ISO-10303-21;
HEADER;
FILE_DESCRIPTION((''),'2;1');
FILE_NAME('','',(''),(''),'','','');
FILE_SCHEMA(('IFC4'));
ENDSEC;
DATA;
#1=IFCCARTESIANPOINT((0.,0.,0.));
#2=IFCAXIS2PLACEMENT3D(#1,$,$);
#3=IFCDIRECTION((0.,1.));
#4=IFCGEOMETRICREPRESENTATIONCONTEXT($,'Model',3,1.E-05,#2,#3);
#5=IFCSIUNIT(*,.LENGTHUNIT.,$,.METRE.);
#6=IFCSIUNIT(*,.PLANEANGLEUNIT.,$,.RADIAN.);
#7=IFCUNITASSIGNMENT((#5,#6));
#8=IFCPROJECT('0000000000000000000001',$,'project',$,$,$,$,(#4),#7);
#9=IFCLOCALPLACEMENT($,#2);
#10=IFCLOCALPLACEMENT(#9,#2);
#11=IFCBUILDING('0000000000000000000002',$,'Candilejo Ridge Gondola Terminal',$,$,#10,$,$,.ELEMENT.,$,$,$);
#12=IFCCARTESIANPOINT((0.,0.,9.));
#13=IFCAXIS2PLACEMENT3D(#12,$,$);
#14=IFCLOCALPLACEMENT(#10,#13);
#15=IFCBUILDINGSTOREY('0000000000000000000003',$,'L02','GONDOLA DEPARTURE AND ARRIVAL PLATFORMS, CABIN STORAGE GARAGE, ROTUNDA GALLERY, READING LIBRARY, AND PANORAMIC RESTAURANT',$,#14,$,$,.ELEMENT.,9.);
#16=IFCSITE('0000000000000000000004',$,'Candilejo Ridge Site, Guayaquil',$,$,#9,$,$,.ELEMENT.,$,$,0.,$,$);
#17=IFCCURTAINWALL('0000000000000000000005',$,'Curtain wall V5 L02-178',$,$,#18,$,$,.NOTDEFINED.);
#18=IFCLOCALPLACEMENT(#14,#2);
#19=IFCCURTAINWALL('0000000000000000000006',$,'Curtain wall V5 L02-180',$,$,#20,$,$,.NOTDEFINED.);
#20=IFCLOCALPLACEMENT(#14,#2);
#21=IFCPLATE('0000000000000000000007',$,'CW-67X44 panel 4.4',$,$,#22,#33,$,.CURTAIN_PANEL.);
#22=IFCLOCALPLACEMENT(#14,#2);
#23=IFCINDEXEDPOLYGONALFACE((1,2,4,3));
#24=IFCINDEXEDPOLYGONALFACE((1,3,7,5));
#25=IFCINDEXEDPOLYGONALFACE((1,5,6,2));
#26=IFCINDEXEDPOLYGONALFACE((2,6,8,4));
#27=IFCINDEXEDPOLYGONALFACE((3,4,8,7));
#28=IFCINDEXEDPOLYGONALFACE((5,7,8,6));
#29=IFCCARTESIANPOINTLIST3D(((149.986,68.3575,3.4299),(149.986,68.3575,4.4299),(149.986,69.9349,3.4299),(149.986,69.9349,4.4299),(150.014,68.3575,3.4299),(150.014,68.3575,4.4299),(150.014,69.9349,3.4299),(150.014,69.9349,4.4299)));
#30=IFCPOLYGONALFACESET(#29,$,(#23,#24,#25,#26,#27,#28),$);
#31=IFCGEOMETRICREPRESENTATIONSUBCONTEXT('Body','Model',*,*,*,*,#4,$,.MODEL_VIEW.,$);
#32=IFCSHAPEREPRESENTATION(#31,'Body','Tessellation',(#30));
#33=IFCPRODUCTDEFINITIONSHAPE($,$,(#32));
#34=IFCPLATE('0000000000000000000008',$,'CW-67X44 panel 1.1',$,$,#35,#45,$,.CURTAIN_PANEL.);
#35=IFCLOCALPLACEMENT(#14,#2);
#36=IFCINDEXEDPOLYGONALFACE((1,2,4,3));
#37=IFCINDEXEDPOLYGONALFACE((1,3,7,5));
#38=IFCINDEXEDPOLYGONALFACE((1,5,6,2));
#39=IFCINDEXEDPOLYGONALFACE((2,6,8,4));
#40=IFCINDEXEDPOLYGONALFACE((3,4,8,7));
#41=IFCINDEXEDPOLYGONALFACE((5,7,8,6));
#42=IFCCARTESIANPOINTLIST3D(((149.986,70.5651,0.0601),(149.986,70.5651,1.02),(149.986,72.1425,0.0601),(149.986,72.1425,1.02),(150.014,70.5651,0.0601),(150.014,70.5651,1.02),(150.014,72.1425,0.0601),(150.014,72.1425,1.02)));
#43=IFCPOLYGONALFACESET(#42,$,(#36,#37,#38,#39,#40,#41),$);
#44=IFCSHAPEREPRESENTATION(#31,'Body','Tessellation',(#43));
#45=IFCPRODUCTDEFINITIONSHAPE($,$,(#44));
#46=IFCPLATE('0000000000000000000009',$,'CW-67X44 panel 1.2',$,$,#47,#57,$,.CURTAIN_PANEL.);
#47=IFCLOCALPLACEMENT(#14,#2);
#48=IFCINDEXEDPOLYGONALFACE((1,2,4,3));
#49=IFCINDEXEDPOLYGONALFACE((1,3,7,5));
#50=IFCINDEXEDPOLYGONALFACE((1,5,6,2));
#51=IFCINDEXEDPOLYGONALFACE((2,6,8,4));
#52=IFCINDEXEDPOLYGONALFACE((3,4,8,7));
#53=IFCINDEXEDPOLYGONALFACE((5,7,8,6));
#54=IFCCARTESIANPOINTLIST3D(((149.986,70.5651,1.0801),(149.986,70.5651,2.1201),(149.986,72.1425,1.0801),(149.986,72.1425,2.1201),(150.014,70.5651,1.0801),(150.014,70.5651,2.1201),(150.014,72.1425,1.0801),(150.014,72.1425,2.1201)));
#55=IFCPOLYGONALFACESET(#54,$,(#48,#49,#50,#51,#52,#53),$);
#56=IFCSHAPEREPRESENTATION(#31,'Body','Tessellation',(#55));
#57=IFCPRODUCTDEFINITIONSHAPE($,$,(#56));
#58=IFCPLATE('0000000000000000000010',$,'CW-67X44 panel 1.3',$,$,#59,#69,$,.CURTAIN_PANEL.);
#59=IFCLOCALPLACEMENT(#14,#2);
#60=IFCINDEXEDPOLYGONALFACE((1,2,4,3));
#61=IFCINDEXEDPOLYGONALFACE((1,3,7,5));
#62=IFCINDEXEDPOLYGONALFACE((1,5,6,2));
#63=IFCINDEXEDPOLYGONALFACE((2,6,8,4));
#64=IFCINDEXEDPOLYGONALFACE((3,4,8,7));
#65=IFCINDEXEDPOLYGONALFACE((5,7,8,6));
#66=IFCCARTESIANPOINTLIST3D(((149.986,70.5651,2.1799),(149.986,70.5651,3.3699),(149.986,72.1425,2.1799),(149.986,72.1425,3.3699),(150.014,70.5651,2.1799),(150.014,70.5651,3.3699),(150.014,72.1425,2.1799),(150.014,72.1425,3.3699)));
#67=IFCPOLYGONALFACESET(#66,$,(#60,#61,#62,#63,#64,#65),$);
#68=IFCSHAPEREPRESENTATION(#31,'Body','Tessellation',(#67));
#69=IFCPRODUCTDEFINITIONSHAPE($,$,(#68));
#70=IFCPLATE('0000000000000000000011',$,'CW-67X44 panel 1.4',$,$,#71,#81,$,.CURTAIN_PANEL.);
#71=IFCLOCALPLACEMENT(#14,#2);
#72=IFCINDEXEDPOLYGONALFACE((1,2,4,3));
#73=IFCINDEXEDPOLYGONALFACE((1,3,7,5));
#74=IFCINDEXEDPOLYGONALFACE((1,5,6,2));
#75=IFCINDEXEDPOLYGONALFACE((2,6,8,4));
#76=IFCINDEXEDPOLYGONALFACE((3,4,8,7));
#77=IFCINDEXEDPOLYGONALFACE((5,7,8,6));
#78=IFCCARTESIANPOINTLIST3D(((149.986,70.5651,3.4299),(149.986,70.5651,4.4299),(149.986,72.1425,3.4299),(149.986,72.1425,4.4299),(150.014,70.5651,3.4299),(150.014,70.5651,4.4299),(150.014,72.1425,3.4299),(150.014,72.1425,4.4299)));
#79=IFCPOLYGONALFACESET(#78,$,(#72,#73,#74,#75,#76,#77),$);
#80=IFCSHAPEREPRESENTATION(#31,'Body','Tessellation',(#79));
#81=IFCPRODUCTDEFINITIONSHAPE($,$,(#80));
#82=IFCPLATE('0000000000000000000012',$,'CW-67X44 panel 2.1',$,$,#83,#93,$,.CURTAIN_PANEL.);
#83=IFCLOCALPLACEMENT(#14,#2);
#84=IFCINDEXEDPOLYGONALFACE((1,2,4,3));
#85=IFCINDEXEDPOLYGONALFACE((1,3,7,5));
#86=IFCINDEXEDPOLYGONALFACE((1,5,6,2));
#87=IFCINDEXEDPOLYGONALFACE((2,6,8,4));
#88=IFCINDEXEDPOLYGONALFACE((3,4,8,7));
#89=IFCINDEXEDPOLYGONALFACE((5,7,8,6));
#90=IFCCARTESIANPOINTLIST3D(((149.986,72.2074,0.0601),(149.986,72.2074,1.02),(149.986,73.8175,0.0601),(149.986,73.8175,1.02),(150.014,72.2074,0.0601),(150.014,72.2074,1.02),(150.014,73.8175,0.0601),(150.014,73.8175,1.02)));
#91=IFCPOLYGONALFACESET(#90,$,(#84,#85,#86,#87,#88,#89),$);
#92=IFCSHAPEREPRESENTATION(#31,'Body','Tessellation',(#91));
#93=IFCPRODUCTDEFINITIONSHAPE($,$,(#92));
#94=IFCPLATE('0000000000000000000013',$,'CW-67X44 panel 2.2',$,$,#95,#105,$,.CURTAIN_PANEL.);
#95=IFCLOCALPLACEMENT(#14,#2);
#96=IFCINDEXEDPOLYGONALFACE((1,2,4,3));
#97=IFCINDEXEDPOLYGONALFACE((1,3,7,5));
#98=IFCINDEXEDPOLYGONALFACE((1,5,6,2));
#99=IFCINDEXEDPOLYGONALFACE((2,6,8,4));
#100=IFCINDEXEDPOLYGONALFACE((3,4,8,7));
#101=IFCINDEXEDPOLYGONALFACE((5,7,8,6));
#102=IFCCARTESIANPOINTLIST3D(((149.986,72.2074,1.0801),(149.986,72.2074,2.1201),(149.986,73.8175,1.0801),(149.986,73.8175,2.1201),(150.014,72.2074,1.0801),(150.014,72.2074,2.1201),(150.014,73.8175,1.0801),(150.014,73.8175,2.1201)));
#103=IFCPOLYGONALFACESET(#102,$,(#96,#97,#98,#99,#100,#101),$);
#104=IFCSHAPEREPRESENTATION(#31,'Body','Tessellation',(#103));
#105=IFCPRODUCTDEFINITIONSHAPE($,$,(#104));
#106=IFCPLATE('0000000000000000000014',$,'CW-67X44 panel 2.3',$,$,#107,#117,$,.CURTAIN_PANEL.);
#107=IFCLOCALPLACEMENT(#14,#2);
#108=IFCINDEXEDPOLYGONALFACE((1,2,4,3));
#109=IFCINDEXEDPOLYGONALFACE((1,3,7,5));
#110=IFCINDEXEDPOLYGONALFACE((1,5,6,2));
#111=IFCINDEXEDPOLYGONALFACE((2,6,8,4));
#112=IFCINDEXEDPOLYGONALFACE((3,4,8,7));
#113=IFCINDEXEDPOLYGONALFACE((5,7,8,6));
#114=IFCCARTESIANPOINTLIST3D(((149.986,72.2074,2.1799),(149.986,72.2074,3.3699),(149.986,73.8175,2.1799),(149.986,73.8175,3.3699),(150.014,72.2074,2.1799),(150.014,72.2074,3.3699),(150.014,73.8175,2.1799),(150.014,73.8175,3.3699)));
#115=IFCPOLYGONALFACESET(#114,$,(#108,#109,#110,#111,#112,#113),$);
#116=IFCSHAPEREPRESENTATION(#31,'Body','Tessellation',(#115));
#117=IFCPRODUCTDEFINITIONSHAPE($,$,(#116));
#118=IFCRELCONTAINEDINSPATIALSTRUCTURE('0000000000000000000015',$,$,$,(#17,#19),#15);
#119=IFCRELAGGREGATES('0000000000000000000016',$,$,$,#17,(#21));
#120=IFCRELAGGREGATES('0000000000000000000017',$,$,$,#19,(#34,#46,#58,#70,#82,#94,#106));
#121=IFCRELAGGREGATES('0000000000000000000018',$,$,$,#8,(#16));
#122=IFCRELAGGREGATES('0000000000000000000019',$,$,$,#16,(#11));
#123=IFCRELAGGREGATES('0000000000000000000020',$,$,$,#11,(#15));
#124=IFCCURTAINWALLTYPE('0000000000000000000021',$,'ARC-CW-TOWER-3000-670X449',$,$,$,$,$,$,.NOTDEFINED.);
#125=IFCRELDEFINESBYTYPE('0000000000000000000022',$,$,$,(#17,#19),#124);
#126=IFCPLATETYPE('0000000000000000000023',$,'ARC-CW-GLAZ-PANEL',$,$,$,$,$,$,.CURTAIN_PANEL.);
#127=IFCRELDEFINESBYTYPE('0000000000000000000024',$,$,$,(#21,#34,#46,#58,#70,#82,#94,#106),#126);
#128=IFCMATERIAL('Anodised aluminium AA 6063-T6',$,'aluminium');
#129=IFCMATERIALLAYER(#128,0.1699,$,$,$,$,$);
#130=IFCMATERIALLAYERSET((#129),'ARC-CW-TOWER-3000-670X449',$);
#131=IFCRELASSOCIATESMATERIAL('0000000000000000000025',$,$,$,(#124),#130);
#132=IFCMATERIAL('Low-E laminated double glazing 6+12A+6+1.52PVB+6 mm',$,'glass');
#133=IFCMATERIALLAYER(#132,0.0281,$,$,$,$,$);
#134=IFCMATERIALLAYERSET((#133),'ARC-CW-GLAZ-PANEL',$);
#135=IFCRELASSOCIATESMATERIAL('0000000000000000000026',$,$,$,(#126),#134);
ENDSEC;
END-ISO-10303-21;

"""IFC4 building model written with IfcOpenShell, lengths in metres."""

from ifc_helpers import new_model, si_unit, direction, frame, origin, origin_2d, place, context, subcontext, project, spatial, rectangle, extrude, material, layer, layer_set, type_object, element, aggregate, save


model = new_model("IFC4")

# Units and contexts
model_context = context("Model", 3, precision=1e-05, world=origin(), true_north=direction((0.0, 1.0)))
body_context = subcontext(model_context, "Body", "Model", "MODEL_VIEW")
ifc_project = project(units=[si_unit("LENGTHUNIT", "METRE"), si_unit("PLANEANGLEUNIT", "RADIAN")], contexts=[model_context])

# Site, building, storey
site_placement = place(None, origin())
site = spatial("IfcSite", under=ifc_project, at=site_placement, Name="Candilejo Ridge Site, Guayaquil", CompositionType="ELEMENT", RefElevation=0.0)
building_placement = place(site_placement, origin())
building = spatial("IfcBuilding", under=site, at=building_placement, Name="Candilejo Ridge Gondola Terminal", CompositionType="ELEMENT")
storey_placement = place(building_placement, frame((0.0, 0.0, 9.0)))
storey = spatial("IfcBuildingStorey", under=building, at=storey_placement, Name="L02", Description="GONDOLA DEPARTURE AND ARRIVAL PLATFORMS, CABIN STORAGE GARAGE, ROTUNDA GALLERY, READING LIBRARY, AND PANORAMIC RESTAURANT", CompositionType="ELEMENT", Elevation=9.0)

# Curtain walls
ifc_material_1 = material(Name="Anodised aluminium AA 6063-T6", Category="aluminium")
ifc_layer_1 = layer(ifc_material_1, 0.1699)
ifc_layer_set_1 = layer_set([ifc_layer_1], Name="ARC-CW-TOWER-3000-670X449")
curtain_wall_type = type_object("IfcCurtainWallType", Name="ARC-CW-TOWER-3000-670X449", PredefinedType="NOTDEFINED", material=ifc_layer_set_1)
curtain_wall_1_placement = place(storey_placement, origin())
curtain_wall_1 = element("IfcCurtainWall", 1, at=curtain_wall_1_placement, inside=storey, type_object=curtain_wall_type, Name="Curtain wall V5 L02-178", PredefinedType="NOTDEFINED")
curtain_wall_2_placement = place(storey_placement, origin())
curtain_wall_2 = element("IfcCurtainWall", 2, at=curtain_wall_2_placement, inside=storey, type_object=curtain_wall_type, Name="Curtain wall V5 L02-180", PredefinedType="NOTDEFINED")

# Plates
ifc_material_2 = material(Name="Low-E laminated double glazing 6+12A+6+1.52PVB+6 mm", Category="glass")
ifc_layer_2 = layer(ifc_material_2, 0.0281)
ifc_layer_set_2 = layer_set([ifc_layer_2], Name="ARC-CW-GLAZ-PANEL")
plate_type = type_object("IfcPlateType", Name="ARC-CW-GLAZ-PANEL", PredefinedType="CURTAIN_PANEL", material=ifc_layer_set_2)
plate_1_placement = place(storey_placement, frame((150.0, 69.1462, 3.4299), z_axis=(0.0, 0.0, 1.0), x_axis=(0.0, 1.0, 0.0)))
plate_1 = element("IfcPlate", 3, at=plate_1_placement, type_object=plate_type, Name="CW-67X44 panel 4.4", PredefinedType="CURTAIN_PANEL", context=body_context, shape_type="SweptSolid", body=[
    extrude(rectangle(XDim=1.5774, YDim=0.0281, at=origin_2d()), origin(), (0.0, 0.0, 1.0), 1.0),
])
aggregate(curtain_wall_1, [plate_1])
plate_2_placement = place(storey_placement, frame((150.0, 71.3538, 0.0601), z_axis=(0.0, 0.0, 1.0), x_axis=(0.0, 1.0, 0.0)))
plate_2 = element("IfcPlate", 4, at=plate_2_placement, type_object=plate_type, Name="CW-67X44 panel 1.1", PredefinedType="CURTAIN_PANEL", context=body_context, shape_type="SweptSolid", body=[
    extrude(rectangle(XDim=1.5774, YDim=0.0281, at=origin_2d()), origin(), (0.0, 0.0, 1.0), 0.96),
])
plate_3_placement = place(storey_placement, frame((150.0, 71.3538, 1.0801), z_axis=(0.0, 0.0, 1.0), x_axis=(0.0, 1.0, 0.0)))
plate_3 = element("IfcPlate", 5, at=plate_3_placement, type_object=plate_type, Name="CW-67X44 panel 1.2", PredefinedType="CURTAIN_PANEL", context=body_context, shape_type="SweptSolid", body=[
    extrude(rectangle(XDim=1.5774, YDim=0.0281, at=origin_2d()), origin(), (0.0, 0.0, 1.0), 1.04),
])
plate_4_placement = place(storey_placement, frame((150.0, 71.3538, 2.1799), z_axis=(0.0, 0.0, 1.0), x_axis=(0.0, 1.0, 0.0)))
plate_4 = element("IfcPlate", 6, at=plate_4_placement, type_object=plate_type, Name="CW-67X44 panel 1.3", PredefinedType="CURTAIN_PANEL", context=body_context, shape_type="SweptSolid", body=[
    extrude(rectangle(XDim=1.5774, YDim=0.0281, at=origin_2d()), origin(), (0.0, 0.0, 1.0), 1.1899),
])
plate_5_placement = place(storey_placement, frame((150.0, 71.3538, 3.4299), z_axis=(0.0, 0.0, 1.0), x_axis=(0.0, 1.0, 0.0)))
plate_5 = element("IfcPlate", 7, at=plate_5_placement, type_object=plate_type, Name="CW-67X44 panel 1.4", PredefinedType="CURTAIN_PANEL", context=body_context, shape_type="SweptSolid", body=[
    extrude(rectangle(XDim=1.5774, YDim=0.0281, at=origin_2d()), origin(), (0.0, 0.0, 1.0), 1.0),
])
plate_6_placement = place(storey_placement, frame((150.0, 73.0125, 0.0601), z_axis=(0.0, 0.0, 1.0), x_axis=(0.0, 1.0, 0.0)))
plate_6 = element("IfcPlate", 8, at=plate_6_placement, type_object=plate_type, Name="CW-67X44 panel 2.1", PredefinedType="CURTAIN_PANEL", context=body_context, shape_type="SweptSolid", body=[
    extrude(rectangle(XDim=1.6101, YDim=0.0281, at=origin_2d()), origin(), (0.0, 0.0, 1.0), 0.96),
])
plate_7_placement = place(storey_placement, frame((150.0, 73.0125, 1.0801), z_axis=(0.0, 0.0, 1.0), x_axis=(0.0, 1.0, 0.0)))
plate_7 = element("IfcPlate", 9, at=plate_7_placement, type_object=plate_type, Name="CW-67X44 panel 2.2", PredefinedType="CURTAIN_PANEL", context=body_context, shape_type="SweptSolid", body=[
    extrude(rectangle(XDim=1.6101, YDim=0.0281, at=origin_2d()), origin(), (0.0, 0.0, 1.0), 1.04),
])
plate_8_placement = place(storey_placement, frame((150.0, 73.0125, 2.1799), z_axis=(0.0, 0.0, 1.0), x_axis=(0.0, 1.0, 0.0)))
plate_8 = element("IfcPlate", 10, at=plate_8_placement, type_object=plate_type, Name="CW-67X44 panel 2.3", PredefinedType="CURTAIN_PANEL", context=body_context, shape_type="SweptSolid", body=[
    extrude(rectangle(XDim=1.6101, YDim=0.0281, at=origin_2d()), origin(), (0.0, 0.0, 1.0), 1.1899),
])
aggregate(curtain_wall_2, [plate_2, plate_3, plate_4, plate_5, plate_6, plate_7, plate_8])

save(model, "model.ifc")
